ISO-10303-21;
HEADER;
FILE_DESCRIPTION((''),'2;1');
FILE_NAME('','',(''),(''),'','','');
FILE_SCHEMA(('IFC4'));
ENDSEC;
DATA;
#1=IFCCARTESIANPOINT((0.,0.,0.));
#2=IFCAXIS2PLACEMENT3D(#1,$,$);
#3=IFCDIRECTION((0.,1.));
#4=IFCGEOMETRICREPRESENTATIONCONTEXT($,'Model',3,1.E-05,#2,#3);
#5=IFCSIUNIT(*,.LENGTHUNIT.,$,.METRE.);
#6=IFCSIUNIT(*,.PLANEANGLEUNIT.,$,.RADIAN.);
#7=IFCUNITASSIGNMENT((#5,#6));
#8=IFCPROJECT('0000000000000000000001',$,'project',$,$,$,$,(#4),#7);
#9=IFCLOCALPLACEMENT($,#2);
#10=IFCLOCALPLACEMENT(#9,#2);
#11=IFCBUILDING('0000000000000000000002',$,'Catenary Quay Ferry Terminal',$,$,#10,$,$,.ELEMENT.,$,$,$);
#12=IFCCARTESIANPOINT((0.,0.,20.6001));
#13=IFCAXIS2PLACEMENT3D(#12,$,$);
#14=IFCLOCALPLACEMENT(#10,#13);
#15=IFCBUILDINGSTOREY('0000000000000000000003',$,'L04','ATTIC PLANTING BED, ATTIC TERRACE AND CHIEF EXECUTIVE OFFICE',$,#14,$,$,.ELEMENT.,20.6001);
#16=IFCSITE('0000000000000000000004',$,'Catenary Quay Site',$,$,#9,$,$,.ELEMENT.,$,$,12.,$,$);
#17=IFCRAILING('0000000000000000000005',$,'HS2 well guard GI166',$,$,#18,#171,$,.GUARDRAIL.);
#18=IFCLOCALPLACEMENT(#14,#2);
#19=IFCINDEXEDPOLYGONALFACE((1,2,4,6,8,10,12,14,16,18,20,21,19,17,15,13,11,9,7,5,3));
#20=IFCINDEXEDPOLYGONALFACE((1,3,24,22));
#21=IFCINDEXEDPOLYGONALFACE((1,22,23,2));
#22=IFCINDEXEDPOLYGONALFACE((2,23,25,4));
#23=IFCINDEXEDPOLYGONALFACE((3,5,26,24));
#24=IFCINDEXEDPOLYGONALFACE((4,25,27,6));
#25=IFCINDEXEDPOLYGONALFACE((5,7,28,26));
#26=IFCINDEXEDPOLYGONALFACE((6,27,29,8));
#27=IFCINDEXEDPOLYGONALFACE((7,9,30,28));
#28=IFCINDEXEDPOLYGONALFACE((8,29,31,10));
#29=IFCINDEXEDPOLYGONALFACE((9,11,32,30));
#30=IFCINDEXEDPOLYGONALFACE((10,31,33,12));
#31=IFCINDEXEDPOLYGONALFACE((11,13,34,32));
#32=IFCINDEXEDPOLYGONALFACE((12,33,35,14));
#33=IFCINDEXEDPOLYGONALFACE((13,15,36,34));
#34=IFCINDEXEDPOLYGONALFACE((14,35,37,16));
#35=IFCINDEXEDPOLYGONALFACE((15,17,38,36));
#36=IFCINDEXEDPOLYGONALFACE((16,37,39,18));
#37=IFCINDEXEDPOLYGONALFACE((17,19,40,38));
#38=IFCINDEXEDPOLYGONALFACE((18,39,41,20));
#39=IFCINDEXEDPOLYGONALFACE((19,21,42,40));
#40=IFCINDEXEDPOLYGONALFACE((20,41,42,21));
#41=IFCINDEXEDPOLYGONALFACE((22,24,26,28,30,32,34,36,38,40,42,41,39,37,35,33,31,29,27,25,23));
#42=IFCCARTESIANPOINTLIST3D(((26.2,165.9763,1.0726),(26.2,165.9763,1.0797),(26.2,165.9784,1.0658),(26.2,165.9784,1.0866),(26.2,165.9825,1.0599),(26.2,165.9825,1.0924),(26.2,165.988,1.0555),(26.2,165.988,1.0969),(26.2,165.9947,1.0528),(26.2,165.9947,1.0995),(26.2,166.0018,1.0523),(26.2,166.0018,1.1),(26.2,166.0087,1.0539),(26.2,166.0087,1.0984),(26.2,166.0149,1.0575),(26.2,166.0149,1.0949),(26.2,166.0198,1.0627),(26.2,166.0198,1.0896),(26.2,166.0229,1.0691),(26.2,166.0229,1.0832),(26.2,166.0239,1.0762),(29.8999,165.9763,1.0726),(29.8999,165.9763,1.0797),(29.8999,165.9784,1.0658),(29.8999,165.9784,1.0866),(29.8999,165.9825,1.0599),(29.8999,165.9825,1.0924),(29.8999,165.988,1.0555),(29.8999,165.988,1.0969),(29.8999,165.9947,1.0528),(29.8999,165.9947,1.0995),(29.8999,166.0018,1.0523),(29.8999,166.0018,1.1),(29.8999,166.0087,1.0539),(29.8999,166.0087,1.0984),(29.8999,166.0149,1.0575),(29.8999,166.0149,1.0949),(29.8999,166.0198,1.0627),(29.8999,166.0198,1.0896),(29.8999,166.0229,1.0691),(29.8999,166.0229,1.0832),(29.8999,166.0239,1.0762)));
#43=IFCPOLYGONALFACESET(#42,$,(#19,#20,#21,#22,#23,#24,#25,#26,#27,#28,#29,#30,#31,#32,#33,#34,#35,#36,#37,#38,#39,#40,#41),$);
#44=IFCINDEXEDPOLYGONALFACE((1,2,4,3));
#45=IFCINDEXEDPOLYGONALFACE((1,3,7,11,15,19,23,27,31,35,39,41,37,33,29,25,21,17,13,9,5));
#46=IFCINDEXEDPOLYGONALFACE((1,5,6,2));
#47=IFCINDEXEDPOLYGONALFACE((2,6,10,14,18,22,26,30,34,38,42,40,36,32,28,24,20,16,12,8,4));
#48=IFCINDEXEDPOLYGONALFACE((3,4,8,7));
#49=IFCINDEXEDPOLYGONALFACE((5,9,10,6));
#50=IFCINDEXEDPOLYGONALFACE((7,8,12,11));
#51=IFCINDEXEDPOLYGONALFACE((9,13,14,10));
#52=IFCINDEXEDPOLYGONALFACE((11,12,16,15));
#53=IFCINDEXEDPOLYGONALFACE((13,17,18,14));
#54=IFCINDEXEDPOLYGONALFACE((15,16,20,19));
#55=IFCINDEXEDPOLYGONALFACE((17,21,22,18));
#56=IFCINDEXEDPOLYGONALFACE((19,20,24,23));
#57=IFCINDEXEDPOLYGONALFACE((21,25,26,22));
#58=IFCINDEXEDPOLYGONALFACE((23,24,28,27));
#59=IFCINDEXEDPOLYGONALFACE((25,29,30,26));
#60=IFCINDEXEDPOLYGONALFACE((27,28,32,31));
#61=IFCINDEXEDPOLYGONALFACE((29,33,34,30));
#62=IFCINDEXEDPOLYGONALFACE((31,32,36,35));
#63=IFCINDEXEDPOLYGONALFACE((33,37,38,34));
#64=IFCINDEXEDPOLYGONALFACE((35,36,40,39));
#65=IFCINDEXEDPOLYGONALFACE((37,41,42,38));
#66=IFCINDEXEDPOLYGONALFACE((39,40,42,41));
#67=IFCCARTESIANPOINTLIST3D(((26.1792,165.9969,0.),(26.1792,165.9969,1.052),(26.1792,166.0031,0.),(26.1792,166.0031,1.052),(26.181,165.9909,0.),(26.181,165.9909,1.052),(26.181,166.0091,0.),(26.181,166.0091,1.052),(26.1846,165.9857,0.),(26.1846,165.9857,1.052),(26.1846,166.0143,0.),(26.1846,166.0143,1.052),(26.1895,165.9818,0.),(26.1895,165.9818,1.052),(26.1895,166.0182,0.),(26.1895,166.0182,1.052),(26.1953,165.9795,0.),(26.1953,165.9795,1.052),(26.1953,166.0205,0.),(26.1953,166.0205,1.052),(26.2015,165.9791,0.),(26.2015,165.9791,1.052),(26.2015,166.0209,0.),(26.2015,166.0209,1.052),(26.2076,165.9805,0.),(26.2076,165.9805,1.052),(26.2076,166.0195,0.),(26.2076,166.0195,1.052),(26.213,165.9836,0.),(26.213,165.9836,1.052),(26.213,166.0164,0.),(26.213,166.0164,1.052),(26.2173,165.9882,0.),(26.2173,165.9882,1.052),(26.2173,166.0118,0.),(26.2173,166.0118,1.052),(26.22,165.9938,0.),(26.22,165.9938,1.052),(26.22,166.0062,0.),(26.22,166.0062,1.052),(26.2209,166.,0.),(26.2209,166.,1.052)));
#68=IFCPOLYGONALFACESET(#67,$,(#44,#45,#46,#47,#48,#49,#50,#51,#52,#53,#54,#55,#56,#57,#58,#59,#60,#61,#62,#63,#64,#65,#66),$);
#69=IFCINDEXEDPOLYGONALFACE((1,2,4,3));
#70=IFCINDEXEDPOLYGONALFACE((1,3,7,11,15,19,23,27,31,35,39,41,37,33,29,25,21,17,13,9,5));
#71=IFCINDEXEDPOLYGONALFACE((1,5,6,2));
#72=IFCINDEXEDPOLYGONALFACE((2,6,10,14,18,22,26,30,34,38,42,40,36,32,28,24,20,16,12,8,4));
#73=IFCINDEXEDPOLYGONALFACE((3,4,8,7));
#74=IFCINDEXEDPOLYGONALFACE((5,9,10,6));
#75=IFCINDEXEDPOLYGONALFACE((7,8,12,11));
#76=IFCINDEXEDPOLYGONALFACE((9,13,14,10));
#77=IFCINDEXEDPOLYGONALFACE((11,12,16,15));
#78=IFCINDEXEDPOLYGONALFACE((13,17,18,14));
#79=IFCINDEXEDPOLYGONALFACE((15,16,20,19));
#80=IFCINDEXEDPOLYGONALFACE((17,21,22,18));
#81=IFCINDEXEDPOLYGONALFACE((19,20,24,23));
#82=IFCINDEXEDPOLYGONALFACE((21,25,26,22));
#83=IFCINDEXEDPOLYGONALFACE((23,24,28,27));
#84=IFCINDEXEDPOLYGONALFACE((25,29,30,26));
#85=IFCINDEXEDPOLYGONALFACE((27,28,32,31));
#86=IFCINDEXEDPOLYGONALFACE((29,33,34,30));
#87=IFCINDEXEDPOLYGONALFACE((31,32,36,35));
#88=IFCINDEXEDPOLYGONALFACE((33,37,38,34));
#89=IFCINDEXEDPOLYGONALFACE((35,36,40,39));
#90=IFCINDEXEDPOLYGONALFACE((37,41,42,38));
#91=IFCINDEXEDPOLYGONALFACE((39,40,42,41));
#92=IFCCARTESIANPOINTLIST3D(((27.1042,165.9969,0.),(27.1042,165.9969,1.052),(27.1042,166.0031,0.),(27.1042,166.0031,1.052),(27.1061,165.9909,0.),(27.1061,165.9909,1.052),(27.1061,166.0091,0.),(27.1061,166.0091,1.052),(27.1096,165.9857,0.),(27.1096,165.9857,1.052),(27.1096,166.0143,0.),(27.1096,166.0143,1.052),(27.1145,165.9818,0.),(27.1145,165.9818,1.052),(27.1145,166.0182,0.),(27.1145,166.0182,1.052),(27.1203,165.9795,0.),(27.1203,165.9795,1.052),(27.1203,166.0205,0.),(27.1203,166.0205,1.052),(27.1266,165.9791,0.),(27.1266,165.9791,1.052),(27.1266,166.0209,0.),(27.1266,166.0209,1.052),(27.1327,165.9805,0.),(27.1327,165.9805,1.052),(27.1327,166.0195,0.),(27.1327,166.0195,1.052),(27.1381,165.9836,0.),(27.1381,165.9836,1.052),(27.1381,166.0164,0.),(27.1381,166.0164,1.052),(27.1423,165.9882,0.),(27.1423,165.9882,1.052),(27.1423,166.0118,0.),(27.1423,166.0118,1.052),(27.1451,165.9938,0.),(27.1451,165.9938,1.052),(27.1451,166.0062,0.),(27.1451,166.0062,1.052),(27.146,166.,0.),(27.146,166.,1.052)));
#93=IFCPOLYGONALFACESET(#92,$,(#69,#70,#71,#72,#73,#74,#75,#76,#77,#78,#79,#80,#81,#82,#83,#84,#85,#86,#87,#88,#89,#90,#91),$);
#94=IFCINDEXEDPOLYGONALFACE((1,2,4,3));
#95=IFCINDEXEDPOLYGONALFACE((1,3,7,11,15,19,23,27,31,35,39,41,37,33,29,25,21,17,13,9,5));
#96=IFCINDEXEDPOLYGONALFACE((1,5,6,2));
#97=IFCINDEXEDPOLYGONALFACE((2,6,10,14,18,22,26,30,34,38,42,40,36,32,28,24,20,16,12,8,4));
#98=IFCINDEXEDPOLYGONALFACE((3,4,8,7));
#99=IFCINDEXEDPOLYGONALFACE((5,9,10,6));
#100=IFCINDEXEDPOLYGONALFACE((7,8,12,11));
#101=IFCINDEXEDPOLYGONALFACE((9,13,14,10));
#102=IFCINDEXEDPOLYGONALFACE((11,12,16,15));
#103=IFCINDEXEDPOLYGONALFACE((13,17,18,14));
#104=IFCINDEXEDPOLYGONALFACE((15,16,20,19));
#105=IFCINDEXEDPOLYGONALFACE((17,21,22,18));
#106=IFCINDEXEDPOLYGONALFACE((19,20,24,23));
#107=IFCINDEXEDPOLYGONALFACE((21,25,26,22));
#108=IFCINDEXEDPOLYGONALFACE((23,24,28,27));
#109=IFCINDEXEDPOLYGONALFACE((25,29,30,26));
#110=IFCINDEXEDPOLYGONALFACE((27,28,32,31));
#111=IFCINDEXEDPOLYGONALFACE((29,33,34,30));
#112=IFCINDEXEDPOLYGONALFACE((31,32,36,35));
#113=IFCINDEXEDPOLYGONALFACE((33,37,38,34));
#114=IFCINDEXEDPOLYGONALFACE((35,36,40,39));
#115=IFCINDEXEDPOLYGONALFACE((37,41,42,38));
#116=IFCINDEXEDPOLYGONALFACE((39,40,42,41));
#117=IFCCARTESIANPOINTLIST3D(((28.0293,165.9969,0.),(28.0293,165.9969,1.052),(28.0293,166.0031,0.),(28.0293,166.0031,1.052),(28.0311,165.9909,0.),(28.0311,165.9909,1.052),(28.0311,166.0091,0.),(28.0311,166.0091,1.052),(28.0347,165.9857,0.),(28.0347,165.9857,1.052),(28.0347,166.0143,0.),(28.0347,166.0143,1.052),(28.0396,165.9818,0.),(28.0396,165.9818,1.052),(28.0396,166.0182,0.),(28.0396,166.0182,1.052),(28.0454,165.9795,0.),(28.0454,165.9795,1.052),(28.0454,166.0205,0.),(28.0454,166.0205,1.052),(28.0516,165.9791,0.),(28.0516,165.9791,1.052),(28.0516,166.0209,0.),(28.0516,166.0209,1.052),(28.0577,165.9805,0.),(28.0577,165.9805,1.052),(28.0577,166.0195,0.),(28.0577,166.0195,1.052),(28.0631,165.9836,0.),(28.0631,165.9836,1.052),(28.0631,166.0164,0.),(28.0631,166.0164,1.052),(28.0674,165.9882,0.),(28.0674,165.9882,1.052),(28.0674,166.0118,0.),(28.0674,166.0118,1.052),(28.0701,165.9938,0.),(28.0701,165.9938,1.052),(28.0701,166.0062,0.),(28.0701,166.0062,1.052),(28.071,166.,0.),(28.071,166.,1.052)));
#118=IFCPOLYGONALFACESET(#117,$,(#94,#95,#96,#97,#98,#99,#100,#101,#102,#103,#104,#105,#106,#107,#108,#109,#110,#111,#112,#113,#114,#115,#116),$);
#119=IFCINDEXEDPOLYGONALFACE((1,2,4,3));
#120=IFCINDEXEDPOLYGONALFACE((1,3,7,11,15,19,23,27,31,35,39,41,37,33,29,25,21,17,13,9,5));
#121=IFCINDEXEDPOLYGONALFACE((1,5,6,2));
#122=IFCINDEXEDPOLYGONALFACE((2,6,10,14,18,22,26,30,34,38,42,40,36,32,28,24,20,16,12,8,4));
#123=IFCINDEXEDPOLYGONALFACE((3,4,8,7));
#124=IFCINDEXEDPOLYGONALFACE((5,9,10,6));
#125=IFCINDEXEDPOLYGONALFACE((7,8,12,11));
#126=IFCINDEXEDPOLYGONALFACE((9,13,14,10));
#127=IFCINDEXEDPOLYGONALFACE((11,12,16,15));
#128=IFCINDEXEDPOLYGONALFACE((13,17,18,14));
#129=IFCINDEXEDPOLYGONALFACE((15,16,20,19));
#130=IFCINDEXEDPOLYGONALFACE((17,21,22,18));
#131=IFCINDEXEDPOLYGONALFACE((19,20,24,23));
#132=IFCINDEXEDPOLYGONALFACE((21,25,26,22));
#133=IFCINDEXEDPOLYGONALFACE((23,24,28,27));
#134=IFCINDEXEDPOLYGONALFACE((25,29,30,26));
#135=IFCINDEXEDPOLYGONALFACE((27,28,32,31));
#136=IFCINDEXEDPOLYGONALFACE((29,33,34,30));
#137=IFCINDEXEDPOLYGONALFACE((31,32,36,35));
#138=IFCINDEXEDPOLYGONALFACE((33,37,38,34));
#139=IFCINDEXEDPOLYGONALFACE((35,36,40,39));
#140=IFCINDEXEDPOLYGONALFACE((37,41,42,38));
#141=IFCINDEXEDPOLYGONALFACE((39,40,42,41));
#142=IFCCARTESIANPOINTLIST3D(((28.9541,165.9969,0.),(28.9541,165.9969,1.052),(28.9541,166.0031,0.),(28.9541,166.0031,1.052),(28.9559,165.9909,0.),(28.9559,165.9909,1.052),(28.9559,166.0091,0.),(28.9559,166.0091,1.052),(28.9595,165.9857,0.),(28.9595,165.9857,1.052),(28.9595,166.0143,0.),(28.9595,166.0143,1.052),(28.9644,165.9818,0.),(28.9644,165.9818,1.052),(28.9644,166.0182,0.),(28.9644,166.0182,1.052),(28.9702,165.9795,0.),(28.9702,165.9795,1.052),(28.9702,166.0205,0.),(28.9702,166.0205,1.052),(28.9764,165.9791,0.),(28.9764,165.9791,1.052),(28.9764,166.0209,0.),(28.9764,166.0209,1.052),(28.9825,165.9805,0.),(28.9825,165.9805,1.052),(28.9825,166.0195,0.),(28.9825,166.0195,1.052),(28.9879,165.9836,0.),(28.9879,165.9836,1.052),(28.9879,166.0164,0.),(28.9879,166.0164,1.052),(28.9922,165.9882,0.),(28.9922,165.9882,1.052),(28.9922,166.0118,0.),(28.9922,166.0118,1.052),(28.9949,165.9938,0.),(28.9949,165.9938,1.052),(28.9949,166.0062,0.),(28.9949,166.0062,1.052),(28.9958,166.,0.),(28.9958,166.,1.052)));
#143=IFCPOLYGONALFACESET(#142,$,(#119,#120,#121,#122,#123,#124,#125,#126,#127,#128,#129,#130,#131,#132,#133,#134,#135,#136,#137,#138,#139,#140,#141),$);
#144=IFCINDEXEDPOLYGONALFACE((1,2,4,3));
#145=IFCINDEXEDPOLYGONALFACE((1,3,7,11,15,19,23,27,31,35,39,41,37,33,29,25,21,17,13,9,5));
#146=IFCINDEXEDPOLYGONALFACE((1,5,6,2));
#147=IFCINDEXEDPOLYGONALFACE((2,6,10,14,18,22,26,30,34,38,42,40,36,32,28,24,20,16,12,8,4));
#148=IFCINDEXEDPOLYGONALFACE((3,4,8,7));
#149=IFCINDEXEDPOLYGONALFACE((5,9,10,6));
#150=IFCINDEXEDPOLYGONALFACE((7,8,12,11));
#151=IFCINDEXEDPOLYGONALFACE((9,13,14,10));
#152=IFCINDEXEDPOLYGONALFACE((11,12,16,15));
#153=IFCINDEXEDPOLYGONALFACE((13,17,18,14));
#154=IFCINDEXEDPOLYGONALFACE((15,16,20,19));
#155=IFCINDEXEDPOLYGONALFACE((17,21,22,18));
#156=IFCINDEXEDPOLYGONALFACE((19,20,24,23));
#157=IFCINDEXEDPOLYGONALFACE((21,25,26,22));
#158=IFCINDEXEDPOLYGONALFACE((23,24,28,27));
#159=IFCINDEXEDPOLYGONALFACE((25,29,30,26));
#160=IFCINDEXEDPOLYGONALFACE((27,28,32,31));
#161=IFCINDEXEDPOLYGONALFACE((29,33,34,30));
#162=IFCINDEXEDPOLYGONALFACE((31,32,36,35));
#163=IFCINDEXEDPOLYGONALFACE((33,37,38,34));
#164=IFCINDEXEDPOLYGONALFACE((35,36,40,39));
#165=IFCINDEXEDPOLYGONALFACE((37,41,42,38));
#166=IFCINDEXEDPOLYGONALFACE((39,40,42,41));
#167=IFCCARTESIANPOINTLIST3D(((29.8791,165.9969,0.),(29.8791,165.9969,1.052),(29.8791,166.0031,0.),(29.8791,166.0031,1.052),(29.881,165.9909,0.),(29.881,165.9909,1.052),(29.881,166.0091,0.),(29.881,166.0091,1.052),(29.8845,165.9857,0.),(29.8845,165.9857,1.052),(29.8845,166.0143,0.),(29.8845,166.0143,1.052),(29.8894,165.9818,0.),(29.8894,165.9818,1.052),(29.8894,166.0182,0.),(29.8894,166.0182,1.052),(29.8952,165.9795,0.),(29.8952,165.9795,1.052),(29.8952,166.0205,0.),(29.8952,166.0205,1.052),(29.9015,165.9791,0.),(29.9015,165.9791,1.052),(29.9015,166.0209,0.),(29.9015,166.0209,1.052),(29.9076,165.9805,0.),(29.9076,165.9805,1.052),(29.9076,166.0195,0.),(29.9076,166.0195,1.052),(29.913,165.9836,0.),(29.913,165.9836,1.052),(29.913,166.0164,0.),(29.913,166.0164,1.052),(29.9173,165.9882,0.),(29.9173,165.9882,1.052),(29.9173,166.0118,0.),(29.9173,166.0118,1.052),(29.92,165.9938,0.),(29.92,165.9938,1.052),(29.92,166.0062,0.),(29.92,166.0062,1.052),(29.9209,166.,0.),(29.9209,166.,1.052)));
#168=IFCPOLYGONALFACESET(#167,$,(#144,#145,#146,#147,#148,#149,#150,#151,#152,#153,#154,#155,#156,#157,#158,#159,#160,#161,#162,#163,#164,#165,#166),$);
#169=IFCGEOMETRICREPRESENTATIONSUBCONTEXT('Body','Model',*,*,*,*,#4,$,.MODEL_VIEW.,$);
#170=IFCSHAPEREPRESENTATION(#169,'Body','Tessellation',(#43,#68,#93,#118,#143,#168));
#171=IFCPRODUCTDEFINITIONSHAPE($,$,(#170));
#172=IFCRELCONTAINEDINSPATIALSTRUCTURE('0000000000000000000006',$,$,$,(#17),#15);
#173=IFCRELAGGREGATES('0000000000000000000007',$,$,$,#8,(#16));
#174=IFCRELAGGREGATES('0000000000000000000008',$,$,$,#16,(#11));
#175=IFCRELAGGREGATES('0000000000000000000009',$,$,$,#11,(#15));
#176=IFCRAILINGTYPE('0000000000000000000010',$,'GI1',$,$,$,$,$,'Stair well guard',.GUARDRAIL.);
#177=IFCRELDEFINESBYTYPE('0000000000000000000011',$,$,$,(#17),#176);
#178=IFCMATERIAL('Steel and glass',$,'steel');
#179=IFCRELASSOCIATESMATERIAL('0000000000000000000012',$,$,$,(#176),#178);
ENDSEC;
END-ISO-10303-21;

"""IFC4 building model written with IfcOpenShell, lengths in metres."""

from ifc_helpers import new_model, si_unit, direction, frame, origin, origin_2d, place, context, subcontext, project, spatial, circle, extrude, material, type_object, element, save


model = new_model("IFC4")

# Units and contexts
model_context = context("Model", 3, precision=1e-05, world=origin(), true_north=direction((0.0, 1.0)))
body_context = subcontext(model_context, "Body", "Model", "MODEL_VIEW")
ifc_project = project(units=[si_unit("LENGTHUNIT", "METRE"), si_unit("PLANEANGLEUNIT", "RADIAN")], contexts=[model_context])

# Site, building, storey
site_placement = place(None, origin())
site = spatial("IfcSite", under=ifc_project, at=site_placement, Name="Catenary Quay Site", CompositionType="ELEMENT", RefElevation=12.0)
building_placement = place(site_placement, origin())
building = spatial("IfcBuilding", under=site, at=building_placement, Name="Catenary Quay Ferry Terminal", CompositionType="ELEMENT")
storey_placement = place(building_placement, frame((0.0, 0.0, 20.6001)))
storey = spatial("IfcBuildingStorey", under=building, at=storey_placement, Name="L04", Description="ATTIC PLANTING BED, ATTIC TERRACE AND CHIEF EXECUTIVE OFFICE", CompositionType="ELEMENT", Elevation=20.6001)

# Railing
ifc_material_1 = material(Name="Steel and glass", Category="steel")
railing_type = type_object("IfcRailingType", Name="GI1", ElementType="Stair well guard", PredefinedType="GUARDRAIL", material=ifc_material_1)
railing_placement = place(storey_placement, frame((26.2, 166.0, 0.0)))
element("IfcRailing", 1, at=railing_placement, inside=storey, type_object=railing_type, Name="HS2 well guard GI166", PredefinedType="GUARDRAIL", context=body_context, shape_type="SweptSolid", body=[
    extrude(circle(Radius=0.0239, at=origin_2d()), frame((0.0, 0.0, 1.0762), z_axis=(1.0, 0.0, 0.0), x_axis=(0.0, 1.0, 0.0)), (0.0, 0.0, 1.0), 3.7),
    extrude(circle(Radius=0.021, at=origin_2d()), origin(), (0.0, 0.0, 1.0), 1.052),
    extrude(circle(Radius=0.021, at=origin_2d()), frame((0.925, 0.0, 0.0)), (0.0, 0.0, 1.0), 1.052),
    extrude(circle(Radius=0.021, at=origin_2d()), frame((1.8501, 0.0, 0.0)), (0.0, 0.0, 1.0), 1.052),
    extrude(circle(Radius=0.021, at=origin_2d()), frame((2.7749, 0.0, 0.0)), (0.0, 0.0, 1.0), 1.052),
    extrude(circle(Radius=0.021, at=origin_2d()), frame((3.7, 0.0, 0.0)), (0.0, 0.0, 1.0), 1.052),
])

save(model, "model.ifc")
